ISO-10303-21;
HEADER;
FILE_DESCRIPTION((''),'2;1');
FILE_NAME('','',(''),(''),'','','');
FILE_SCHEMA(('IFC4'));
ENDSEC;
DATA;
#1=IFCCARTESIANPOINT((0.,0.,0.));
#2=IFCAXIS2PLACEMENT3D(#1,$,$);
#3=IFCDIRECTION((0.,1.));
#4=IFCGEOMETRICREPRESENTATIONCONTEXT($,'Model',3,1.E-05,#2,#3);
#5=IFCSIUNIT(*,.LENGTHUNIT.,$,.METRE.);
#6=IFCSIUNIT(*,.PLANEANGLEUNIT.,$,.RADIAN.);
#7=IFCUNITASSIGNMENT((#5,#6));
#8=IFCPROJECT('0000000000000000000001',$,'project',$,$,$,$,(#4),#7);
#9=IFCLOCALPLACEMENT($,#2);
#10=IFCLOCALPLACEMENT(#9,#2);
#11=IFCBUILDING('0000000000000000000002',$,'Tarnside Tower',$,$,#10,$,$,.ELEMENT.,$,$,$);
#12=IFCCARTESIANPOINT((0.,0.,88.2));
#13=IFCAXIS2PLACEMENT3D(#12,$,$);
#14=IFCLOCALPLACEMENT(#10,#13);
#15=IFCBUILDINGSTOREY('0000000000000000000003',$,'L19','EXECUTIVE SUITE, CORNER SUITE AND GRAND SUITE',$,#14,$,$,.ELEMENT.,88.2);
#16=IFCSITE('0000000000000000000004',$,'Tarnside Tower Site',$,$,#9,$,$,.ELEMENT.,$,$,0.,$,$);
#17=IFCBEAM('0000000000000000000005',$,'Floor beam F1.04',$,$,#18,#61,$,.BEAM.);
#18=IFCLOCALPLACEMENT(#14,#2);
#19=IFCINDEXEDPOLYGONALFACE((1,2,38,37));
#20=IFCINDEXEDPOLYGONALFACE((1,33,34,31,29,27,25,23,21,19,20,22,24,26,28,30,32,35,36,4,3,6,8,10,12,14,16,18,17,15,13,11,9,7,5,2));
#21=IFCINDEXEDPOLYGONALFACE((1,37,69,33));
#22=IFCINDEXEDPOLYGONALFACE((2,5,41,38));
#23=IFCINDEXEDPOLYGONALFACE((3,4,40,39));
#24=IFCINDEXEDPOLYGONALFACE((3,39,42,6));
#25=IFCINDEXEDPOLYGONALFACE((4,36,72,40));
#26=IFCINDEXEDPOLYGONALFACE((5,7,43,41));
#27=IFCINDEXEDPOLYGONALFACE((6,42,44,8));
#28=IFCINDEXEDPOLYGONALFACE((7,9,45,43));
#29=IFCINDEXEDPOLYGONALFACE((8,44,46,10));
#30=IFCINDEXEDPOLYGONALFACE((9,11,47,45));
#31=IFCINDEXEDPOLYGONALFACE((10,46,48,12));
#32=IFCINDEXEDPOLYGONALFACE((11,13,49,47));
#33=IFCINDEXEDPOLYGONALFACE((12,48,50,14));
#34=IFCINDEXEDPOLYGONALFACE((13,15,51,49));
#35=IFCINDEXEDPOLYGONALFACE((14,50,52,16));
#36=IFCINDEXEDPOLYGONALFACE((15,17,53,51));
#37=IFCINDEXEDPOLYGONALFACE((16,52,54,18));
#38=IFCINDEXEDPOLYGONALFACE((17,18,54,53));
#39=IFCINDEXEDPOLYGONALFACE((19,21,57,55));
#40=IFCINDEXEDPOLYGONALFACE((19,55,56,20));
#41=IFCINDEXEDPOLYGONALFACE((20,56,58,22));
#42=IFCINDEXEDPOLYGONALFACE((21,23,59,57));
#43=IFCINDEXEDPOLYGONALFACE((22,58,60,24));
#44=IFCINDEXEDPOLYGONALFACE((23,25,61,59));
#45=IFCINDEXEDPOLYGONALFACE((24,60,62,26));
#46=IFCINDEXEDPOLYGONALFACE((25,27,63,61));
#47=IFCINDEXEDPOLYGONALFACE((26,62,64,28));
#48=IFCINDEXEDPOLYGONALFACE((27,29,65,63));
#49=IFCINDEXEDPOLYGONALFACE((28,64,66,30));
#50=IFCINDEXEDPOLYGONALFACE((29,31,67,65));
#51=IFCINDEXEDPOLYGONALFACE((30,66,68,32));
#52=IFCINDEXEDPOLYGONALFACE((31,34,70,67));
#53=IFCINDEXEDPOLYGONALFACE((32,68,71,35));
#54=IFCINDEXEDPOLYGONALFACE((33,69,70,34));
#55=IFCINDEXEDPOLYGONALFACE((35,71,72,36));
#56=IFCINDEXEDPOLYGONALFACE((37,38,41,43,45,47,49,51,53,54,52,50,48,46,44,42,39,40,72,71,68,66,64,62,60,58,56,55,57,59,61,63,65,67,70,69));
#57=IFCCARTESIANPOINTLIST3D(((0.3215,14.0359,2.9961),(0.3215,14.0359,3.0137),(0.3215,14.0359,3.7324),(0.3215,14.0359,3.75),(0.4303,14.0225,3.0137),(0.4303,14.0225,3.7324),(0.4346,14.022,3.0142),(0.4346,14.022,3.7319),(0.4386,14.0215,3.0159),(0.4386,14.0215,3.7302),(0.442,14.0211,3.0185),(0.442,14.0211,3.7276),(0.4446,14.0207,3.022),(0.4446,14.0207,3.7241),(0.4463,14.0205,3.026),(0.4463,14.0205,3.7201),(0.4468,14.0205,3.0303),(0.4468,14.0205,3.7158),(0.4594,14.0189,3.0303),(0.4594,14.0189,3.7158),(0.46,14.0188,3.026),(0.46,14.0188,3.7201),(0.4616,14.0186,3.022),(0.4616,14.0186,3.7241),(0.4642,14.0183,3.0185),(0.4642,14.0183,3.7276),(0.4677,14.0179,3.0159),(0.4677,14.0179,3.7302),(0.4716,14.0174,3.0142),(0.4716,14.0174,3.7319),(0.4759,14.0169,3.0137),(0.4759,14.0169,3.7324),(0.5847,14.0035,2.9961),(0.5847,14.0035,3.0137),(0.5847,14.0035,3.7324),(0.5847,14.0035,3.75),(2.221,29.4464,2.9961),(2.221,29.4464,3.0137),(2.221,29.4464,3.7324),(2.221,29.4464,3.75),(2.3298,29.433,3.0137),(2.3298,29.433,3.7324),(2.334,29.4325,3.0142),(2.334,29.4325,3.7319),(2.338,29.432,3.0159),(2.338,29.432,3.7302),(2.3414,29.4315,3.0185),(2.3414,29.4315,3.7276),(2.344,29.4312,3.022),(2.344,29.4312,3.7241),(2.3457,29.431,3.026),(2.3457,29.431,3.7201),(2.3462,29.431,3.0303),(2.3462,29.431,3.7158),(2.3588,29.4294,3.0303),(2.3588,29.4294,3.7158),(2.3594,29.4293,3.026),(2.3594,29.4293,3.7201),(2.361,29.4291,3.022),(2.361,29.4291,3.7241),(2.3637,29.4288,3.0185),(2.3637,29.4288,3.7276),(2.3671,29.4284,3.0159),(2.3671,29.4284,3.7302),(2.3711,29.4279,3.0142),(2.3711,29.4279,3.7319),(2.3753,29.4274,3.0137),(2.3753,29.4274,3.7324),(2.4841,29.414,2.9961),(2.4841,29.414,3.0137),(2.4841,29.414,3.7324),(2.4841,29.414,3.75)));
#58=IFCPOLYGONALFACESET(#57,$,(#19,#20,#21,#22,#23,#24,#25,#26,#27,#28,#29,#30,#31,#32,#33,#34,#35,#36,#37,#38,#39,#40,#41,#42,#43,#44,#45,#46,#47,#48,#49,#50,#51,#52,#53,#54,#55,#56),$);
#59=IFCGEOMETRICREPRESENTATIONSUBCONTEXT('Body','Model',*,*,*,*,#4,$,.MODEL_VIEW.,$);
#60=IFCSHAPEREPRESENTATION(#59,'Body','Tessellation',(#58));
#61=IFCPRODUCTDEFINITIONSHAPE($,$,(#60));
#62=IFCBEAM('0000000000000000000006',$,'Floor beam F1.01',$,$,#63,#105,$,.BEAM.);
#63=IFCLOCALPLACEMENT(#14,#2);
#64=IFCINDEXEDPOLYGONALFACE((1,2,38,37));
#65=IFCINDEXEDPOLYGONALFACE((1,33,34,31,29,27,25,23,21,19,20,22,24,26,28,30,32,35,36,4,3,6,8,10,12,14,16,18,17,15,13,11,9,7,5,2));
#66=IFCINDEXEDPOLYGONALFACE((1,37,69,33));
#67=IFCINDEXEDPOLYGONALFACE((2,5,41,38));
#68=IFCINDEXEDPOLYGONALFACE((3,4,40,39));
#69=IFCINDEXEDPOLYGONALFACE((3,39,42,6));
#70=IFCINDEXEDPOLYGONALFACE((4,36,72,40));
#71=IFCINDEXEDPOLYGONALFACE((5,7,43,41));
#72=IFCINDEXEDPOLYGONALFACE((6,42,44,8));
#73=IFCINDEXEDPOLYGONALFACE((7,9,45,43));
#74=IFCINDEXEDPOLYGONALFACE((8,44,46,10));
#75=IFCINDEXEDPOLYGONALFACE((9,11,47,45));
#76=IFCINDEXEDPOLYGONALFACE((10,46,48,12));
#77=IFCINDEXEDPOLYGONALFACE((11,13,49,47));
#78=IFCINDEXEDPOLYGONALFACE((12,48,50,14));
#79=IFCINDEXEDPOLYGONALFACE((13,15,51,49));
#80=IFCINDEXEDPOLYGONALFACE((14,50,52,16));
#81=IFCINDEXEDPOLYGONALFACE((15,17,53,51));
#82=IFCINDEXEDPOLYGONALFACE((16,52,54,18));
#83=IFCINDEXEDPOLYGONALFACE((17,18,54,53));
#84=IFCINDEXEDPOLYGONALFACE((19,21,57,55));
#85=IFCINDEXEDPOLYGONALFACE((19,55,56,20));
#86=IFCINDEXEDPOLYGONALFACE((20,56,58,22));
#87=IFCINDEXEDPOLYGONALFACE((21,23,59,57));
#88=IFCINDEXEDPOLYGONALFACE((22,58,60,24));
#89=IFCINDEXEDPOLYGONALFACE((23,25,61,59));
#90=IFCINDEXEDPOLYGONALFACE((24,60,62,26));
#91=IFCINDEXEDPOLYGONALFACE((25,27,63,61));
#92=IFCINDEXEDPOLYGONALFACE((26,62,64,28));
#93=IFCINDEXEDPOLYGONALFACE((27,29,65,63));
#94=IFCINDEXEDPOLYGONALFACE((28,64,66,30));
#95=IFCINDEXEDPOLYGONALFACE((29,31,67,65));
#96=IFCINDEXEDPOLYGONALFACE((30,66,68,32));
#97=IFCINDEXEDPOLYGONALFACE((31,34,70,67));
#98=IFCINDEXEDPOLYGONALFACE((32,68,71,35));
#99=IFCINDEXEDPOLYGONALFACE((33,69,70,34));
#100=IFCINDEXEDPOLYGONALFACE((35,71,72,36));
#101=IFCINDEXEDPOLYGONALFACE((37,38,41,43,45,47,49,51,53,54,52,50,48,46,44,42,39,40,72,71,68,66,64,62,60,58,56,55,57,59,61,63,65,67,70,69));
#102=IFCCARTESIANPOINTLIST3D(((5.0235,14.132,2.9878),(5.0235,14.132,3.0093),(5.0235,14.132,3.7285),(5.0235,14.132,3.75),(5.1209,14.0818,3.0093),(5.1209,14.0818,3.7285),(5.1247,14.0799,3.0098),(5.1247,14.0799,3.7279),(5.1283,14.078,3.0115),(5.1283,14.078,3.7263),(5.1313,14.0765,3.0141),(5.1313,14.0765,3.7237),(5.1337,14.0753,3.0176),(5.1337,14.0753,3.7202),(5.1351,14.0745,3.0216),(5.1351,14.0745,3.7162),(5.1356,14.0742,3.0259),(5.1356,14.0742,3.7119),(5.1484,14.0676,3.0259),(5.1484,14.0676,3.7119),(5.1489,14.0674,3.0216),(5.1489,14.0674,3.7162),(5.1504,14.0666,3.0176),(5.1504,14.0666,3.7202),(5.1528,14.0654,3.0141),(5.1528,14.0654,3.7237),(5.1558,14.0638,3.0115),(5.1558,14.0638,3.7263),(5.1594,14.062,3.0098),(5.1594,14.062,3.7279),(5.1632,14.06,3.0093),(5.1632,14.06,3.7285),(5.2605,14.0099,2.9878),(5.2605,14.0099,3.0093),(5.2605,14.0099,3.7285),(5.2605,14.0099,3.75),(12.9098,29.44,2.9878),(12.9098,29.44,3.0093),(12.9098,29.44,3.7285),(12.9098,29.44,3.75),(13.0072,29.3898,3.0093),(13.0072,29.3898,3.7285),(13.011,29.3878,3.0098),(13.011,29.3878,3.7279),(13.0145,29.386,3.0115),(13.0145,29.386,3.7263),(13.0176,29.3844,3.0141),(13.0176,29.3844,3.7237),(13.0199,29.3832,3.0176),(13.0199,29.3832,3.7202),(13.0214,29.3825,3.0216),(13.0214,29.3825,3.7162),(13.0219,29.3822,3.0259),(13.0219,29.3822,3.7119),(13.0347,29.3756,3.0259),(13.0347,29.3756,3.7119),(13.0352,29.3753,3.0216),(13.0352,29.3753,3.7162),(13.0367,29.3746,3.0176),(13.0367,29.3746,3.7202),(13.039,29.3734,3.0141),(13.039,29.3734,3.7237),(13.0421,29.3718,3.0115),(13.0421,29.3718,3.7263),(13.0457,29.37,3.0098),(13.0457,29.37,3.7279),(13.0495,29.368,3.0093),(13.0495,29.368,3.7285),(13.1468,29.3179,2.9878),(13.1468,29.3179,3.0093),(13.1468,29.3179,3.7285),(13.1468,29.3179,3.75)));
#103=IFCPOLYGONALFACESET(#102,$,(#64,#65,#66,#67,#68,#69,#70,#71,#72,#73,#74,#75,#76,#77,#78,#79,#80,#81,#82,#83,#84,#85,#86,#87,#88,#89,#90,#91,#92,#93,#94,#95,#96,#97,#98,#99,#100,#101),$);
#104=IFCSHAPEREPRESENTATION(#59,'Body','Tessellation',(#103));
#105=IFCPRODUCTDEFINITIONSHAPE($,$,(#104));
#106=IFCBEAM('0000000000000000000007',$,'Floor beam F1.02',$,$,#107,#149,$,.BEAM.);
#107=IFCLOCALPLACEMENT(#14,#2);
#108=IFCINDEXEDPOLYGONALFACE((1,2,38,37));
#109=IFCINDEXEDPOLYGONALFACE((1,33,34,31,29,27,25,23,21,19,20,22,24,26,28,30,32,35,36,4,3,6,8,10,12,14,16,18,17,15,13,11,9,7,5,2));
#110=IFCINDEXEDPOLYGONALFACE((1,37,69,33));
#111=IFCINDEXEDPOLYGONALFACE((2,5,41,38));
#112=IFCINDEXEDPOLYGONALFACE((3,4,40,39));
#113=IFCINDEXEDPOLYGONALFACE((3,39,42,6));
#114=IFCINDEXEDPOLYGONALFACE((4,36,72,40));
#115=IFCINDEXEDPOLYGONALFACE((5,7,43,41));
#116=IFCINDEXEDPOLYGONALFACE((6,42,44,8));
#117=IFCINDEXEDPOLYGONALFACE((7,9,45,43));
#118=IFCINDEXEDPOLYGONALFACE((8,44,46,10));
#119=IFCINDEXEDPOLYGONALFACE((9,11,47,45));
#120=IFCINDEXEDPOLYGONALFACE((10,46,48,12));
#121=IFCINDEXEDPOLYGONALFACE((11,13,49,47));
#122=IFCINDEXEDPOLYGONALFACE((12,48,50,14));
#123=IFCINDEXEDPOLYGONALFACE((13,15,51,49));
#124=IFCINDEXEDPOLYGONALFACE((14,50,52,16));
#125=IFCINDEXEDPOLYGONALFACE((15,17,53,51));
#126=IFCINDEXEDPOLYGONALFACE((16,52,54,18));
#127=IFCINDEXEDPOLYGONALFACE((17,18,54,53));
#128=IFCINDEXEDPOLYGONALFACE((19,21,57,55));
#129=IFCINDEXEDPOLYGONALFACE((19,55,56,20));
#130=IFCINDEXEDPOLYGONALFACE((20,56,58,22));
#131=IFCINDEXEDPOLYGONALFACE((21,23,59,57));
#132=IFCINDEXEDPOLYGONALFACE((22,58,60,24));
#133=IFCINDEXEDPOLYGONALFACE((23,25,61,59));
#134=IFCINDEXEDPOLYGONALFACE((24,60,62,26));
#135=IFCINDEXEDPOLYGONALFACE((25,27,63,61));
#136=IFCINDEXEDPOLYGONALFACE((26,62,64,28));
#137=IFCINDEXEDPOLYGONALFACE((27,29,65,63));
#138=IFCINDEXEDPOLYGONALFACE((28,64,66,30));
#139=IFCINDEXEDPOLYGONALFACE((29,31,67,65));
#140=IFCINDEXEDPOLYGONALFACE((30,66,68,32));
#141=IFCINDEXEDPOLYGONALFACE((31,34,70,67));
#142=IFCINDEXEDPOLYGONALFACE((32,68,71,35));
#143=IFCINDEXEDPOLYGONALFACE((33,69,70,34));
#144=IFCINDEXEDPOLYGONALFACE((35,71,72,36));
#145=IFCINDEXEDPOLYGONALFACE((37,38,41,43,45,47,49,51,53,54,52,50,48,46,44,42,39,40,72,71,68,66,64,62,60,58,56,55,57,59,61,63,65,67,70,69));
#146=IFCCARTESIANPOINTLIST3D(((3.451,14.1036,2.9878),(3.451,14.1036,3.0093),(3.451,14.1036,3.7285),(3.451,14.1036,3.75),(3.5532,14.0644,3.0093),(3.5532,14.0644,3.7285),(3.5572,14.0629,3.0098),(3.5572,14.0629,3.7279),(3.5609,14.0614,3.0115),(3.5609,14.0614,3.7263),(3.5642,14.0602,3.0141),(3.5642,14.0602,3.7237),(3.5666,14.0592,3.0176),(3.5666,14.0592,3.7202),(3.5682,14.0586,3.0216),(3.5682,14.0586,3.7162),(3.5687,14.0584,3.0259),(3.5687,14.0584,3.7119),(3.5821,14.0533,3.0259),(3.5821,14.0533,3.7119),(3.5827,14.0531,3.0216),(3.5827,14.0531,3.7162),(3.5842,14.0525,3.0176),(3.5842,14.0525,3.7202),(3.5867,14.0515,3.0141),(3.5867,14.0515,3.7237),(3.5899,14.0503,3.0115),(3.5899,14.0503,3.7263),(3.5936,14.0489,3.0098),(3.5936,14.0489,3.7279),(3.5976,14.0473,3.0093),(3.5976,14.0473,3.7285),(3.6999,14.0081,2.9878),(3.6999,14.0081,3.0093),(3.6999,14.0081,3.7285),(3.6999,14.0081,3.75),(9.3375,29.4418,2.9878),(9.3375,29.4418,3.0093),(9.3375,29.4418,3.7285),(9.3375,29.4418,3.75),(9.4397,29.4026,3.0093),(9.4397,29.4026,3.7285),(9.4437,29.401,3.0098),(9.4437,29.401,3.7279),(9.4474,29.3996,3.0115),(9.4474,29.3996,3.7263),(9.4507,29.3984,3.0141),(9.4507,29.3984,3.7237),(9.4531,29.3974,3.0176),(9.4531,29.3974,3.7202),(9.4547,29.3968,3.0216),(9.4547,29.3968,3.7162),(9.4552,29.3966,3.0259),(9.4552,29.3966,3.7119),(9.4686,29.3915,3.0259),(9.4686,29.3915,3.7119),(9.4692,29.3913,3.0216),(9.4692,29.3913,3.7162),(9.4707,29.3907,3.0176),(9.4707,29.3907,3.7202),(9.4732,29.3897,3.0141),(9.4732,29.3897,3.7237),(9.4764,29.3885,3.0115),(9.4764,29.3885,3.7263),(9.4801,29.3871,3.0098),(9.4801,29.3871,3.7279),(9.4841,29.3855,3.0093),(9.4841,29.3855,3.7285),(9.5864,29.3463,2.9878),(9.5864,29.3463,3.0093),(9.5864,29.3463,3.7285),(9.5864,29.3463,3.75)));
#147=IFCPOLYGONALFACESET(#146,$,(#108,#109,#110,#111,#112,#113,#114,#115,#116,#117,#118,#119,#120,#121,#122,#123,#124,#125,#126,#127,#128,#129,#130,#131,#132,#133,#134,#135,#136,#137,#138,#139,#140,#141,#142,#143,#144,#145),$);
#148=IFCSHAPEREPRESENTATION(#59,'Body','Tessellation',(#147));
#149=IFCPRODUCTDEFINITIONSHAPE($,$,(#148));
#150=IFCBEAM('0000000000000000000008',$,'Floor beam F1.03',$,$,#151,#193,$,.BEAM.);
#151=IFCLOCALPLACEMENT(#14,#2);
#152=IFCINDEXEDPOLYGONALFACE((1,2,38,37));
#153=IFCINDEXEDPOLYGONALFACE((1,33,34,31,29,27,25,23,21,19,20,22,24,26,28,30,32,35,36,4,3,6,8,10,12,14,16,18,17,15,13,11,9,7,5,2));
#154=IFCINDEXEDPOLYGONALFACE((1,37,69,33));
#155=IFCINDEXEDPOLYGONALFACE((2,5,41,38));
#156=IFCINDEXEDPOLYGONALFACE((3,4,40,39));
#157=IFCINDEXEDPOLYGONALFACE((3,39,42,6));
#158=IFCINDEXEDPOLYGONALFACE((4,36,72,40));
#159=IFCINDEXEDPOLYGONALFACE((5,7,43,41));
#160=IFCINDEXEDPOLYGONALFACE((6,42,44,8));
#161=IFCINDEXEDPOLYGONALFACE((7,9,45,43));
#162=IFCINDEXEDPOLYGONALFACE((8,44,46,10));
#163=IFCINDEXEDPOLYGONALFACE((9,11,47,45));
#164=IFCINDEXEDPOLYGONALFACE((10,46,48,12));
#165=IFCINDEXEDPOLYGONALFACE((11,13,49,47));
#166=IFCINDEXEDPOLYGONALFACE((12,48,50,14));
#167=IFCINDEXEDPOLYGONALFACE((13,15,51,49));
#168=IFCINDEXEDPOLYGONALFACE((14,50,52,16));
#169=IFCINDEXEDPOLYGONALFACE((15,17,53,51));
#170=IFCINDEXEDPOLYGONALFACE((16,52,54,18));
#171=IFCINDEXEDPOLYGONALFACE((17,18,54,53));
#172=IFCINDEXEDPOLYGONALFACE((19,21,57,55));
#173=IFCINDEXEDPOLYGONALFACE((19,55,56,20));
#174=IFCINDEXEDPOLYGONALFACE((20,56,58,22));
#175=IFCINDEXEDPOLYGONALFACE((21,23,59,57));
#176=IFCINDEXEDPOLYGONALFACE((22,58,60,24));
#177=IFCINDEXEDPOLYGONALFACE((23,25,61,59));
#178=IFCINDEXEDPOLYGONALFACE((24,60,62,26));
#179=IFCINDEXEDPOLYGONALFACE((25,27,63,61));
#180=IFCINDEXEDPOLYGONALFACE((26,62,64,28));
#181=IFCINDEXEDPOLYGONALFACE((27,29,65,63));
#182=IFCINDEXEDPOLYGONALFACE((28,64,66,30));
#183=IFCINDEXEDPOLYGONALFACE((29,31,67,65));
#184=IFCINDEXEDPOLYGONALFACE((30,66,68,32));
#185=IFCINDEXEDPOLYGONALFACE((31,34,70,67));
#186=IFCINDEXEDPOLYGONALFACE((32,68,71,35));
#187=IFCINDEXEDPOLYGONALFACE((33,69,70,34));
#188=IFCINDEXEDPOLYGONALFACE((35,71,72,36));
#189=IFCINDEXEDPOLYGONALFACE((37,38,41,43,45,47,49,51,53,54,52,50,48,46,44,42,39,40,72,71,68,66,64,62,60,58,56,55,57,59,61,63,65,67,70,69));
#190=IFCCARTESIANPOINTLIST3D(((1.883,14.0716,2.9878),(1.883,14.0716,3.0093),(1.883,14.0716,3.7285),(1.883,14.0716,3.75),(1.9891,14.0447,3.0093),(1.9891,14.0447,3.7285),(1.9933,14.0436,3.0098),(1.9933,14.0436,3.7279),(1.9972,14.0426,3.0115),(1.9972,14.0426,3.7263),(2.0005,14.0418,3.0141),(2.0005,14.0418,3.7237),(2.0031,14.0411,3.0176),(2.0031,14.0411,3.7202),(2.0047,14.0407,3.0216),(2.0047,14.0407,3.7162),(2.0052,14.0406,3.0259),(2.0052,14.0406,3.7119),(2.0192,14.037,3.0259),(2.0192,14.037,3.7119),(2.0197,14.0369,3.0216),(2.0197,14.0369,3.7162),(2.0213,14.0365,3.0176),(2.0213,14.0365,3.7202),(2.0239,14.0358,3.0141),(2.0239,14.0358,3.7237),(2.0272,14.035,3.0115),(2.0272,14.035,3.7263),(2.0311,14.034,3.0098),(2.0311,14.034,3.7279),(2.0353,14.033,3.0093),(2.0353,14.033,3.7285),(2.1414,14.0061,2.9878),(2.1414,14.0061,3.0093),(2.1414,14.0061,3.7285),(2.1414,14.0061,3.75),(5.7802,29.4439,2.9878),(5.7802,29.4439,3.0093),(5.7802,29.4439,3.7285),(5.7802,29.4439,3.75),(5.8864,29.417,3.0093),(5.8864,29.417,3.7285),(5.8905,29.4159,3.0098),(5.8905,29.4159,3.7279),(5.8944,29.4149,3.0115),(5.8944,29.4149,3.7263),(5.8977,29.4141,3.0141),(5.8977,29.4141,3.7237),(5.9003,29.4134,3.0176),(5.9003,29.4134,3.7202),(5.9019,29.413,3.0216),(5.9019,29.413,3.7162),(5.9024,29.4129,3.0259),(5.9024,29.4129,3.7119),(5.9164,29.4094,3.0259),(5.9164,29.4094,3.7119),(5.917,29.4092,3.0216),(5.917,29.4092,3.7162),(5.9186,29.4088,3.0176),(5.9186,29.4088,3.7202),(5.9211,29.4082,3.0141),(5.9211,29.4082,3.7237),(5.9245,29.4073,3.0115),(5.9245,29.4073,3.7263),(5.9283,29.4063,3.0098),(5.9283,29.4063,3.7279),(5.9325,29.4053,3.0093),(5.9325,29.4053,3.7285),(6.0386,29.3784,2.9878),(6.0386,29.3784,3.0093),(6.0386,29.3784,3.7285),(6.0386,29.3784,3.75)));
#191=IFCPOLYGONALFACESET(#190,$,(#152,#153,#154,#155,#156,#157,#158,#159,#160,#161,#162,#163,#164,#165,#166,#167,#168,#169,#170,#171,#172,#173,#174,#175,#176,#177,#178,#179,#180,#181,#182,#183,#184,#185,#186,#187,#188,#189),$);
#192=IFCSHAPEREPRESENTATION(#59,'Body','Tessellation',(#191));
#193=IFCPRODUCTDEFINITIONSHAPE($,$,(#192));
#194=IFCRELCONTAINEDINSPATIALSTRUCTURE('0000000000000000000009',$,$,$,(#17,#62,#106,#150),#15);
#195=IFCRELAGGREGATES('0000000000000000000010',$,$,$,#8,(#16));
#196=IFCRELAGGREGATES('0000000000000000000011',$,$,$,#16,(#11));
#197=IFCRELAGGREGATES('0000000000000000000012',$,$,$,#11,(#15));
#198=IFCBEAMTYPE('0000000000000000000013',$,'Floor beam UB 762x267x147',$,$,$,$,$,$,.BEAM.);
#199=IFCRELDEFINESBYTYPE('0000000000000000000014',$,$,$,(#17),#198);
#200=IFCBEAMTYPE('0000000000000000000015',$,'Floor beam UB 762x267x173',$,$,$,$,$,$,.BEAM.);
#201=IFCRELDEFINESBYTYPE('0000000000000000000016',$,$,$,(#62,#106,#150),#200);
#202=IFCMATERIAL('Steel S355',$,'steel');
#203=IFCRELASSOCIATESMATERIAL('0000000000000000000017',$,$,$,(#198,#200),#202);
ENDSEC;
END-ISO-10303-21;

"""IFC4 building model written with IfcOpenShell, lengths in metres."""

from ifc_helpers import new_model, si_unit, direction, frame, origin, origin_2d, place, context, subcontext, project, spatial, i_section, extrude, material, material_profile, profile_set, type_object, element, save


model = new_model("IFC4")

# Units and contexts
model_context = context("Model", 3, precision=1e-05, world=origin(), true_north=direction((0.0, 1.0)))
body_context = subcontext(model_context, "Body", "Model", "MODEL_VIEW")
ifc_project = project(units=[si_unit("LENGTHUNIT", "METRE"), si_unit("PLANEANGLEUNIT", "RADIAN")], contexts=[model_context])

# Site, building, storey
site_placement = place(None, origin())
site = spatial("IfcSite", under=ifc_project, at=site_placement, Name="Tarnside Tower Site", CompositionType="ELEMENT", RefElevation=0.0)
building_placement = place(site_placement, origin())
building = spatial("IfcBuilding", under=site, at=building_placement, Name="Tarnside Tower", CompositionType="ELEMENT")
storey_placement = place(building_placement, frame((0.0, 0.0, 88.2)))
storey = spatial("IfcBuildingStorey", under=building, at=storey_placement, Name="L19", Description="EXECUTIVE SUITE, CORNER SUITE AND GRAND SUITE", CompositionType="ELEMENT", Elevation=88.2)

# Beams
ifc_material_1 = material(Name="Steel S355", Category="steel")
ifc_material_profile_1 = material_profile(ifc_material_1, i_section(OverallWidth=0.2651, OverallDepth=0.7539, WebThickness=0.0127, FlangeThickness=0.0176, FilletRadius=0.0166, at=origin_2d()), Name="UB 762x267x147")
ifc_profile_set_1 = profile_set([ifc_material_profile_1], Name="Steel S355")
beam_type_1 = type_object("IfcBeamType", Name="Floor beam UB 762x267x147", PredefinedType="BEAM", material=ifc_profile_set_1)
beam_1_placement = place(storey_placement, frame((2.3525, 29.4302, 3.373), z_axis=(-0.12233, -0.99249, 0.0), x_axis=(0.99249, -0.12233, 0.0)))
element("IfcBeam", 1, at=beam_1_placement, inside=storey, type_object=beam_type_1, Name="Floor beam F1.04", PredefinedType="BEAM", context=body_context, shape_type="SweptSolid", body=[
    extrude(i_section(OverallWidth=0.2651, OverallDepth=0.7539, WebThickness=0.0127, FlangeThickness=0.0176, FilletRadius=0.0166, at=origin_2d()), origin(), (0.0, 0.0, 1.0), 15.5271),
])
ifc_material_profile_2 = material_profile(ifc_material_1, i_section(OverallWidth=0.2666, OverallDepth=0.7622, WebThickness=0.0144, FlangeThickness=0.0215, FilletRadius=0.0166, at=origin_2d()), Name="UB 762x267x173")
ifc_profile_set_2 = profile_set([ifc_material_profile_2], Name="Steel S355")
beam_type_2 = type_object("IfcBeamType", Name="Floor beam UB 762x267x173", PredefinedType="BEAM", material=ifc_profile_set_2)
beam_2_placement = place(storey_placement, frame((13.0283, 29.3789, 3.3689), z_axis=(-0.457973, -0.888966, 0.0), x_axis=(0.888966, -0.457973, 0.0)))
element("IfcBeam", 2, at=beam_2_placement, inside=storey, type_object=beam_type_2, Name="Floor beam F1.01", PredefinedType="BEAM", context=body_context, shape_type="SweptSolid", body=[
    extrude(i_section(OverallWidth=0.2666, OverallDepth=0.7622, WebThickness=0.0144, FlangeThickness=0.0215, FilletRadius=0.0166, at=origin_2d()), origin(), (0.0, 0.0, 1.0), 17.22),
])
beam_3_placement = place(storey_placement, frame((9.4619, 29.394, 3.3689), z_axis=(-0.3583, -0.933607, 0.0), x_axis=(0.933607, -0.3583, 0.0)))
element("IfcBeam", 3, at=beam_3_placement, inside=storey, type_object=beam_type_2, Name="Floor beam F1.02", PredefinedType="BEAM", context=body_context, shape_type="SweptSolid", body=[
    extrude(i_section(OverallWidth=0.2666, OverallDepth=0.7622, WebThickness=0.0144, FlangeThickness=0.0215, FilletRadius=0.0166, at=origin_2d()), origin(), (0.0, 0.0, 1.0), 16.429),
])
beam_4_placement = place(storey_placement, frame((5.9094, 29.4111, 3.3689), z_axis=(-0.245747, -0.969334, 0.0), x_axis=(0.969334, -0.245747, 0.0)))
element("IfcBeam", 4, at=beam_4_placement, inside=storey, type_object=beam_type_2, Name="Floor beam F1.03", PredefinedType="BEAM", context=body_context, shape_type="SweptSolid", body=[
    extrude(i_section(OverallWidth=0.2666, OverallDepth=0.7622, WebThickness=0.0144, FlangeThickness=0.0215, FilletRadius=0.0166, at=origin_2d()), origin(), (0.0, 0.0, 1.0), 15.8586),
])

save(model, "model.ifc")
